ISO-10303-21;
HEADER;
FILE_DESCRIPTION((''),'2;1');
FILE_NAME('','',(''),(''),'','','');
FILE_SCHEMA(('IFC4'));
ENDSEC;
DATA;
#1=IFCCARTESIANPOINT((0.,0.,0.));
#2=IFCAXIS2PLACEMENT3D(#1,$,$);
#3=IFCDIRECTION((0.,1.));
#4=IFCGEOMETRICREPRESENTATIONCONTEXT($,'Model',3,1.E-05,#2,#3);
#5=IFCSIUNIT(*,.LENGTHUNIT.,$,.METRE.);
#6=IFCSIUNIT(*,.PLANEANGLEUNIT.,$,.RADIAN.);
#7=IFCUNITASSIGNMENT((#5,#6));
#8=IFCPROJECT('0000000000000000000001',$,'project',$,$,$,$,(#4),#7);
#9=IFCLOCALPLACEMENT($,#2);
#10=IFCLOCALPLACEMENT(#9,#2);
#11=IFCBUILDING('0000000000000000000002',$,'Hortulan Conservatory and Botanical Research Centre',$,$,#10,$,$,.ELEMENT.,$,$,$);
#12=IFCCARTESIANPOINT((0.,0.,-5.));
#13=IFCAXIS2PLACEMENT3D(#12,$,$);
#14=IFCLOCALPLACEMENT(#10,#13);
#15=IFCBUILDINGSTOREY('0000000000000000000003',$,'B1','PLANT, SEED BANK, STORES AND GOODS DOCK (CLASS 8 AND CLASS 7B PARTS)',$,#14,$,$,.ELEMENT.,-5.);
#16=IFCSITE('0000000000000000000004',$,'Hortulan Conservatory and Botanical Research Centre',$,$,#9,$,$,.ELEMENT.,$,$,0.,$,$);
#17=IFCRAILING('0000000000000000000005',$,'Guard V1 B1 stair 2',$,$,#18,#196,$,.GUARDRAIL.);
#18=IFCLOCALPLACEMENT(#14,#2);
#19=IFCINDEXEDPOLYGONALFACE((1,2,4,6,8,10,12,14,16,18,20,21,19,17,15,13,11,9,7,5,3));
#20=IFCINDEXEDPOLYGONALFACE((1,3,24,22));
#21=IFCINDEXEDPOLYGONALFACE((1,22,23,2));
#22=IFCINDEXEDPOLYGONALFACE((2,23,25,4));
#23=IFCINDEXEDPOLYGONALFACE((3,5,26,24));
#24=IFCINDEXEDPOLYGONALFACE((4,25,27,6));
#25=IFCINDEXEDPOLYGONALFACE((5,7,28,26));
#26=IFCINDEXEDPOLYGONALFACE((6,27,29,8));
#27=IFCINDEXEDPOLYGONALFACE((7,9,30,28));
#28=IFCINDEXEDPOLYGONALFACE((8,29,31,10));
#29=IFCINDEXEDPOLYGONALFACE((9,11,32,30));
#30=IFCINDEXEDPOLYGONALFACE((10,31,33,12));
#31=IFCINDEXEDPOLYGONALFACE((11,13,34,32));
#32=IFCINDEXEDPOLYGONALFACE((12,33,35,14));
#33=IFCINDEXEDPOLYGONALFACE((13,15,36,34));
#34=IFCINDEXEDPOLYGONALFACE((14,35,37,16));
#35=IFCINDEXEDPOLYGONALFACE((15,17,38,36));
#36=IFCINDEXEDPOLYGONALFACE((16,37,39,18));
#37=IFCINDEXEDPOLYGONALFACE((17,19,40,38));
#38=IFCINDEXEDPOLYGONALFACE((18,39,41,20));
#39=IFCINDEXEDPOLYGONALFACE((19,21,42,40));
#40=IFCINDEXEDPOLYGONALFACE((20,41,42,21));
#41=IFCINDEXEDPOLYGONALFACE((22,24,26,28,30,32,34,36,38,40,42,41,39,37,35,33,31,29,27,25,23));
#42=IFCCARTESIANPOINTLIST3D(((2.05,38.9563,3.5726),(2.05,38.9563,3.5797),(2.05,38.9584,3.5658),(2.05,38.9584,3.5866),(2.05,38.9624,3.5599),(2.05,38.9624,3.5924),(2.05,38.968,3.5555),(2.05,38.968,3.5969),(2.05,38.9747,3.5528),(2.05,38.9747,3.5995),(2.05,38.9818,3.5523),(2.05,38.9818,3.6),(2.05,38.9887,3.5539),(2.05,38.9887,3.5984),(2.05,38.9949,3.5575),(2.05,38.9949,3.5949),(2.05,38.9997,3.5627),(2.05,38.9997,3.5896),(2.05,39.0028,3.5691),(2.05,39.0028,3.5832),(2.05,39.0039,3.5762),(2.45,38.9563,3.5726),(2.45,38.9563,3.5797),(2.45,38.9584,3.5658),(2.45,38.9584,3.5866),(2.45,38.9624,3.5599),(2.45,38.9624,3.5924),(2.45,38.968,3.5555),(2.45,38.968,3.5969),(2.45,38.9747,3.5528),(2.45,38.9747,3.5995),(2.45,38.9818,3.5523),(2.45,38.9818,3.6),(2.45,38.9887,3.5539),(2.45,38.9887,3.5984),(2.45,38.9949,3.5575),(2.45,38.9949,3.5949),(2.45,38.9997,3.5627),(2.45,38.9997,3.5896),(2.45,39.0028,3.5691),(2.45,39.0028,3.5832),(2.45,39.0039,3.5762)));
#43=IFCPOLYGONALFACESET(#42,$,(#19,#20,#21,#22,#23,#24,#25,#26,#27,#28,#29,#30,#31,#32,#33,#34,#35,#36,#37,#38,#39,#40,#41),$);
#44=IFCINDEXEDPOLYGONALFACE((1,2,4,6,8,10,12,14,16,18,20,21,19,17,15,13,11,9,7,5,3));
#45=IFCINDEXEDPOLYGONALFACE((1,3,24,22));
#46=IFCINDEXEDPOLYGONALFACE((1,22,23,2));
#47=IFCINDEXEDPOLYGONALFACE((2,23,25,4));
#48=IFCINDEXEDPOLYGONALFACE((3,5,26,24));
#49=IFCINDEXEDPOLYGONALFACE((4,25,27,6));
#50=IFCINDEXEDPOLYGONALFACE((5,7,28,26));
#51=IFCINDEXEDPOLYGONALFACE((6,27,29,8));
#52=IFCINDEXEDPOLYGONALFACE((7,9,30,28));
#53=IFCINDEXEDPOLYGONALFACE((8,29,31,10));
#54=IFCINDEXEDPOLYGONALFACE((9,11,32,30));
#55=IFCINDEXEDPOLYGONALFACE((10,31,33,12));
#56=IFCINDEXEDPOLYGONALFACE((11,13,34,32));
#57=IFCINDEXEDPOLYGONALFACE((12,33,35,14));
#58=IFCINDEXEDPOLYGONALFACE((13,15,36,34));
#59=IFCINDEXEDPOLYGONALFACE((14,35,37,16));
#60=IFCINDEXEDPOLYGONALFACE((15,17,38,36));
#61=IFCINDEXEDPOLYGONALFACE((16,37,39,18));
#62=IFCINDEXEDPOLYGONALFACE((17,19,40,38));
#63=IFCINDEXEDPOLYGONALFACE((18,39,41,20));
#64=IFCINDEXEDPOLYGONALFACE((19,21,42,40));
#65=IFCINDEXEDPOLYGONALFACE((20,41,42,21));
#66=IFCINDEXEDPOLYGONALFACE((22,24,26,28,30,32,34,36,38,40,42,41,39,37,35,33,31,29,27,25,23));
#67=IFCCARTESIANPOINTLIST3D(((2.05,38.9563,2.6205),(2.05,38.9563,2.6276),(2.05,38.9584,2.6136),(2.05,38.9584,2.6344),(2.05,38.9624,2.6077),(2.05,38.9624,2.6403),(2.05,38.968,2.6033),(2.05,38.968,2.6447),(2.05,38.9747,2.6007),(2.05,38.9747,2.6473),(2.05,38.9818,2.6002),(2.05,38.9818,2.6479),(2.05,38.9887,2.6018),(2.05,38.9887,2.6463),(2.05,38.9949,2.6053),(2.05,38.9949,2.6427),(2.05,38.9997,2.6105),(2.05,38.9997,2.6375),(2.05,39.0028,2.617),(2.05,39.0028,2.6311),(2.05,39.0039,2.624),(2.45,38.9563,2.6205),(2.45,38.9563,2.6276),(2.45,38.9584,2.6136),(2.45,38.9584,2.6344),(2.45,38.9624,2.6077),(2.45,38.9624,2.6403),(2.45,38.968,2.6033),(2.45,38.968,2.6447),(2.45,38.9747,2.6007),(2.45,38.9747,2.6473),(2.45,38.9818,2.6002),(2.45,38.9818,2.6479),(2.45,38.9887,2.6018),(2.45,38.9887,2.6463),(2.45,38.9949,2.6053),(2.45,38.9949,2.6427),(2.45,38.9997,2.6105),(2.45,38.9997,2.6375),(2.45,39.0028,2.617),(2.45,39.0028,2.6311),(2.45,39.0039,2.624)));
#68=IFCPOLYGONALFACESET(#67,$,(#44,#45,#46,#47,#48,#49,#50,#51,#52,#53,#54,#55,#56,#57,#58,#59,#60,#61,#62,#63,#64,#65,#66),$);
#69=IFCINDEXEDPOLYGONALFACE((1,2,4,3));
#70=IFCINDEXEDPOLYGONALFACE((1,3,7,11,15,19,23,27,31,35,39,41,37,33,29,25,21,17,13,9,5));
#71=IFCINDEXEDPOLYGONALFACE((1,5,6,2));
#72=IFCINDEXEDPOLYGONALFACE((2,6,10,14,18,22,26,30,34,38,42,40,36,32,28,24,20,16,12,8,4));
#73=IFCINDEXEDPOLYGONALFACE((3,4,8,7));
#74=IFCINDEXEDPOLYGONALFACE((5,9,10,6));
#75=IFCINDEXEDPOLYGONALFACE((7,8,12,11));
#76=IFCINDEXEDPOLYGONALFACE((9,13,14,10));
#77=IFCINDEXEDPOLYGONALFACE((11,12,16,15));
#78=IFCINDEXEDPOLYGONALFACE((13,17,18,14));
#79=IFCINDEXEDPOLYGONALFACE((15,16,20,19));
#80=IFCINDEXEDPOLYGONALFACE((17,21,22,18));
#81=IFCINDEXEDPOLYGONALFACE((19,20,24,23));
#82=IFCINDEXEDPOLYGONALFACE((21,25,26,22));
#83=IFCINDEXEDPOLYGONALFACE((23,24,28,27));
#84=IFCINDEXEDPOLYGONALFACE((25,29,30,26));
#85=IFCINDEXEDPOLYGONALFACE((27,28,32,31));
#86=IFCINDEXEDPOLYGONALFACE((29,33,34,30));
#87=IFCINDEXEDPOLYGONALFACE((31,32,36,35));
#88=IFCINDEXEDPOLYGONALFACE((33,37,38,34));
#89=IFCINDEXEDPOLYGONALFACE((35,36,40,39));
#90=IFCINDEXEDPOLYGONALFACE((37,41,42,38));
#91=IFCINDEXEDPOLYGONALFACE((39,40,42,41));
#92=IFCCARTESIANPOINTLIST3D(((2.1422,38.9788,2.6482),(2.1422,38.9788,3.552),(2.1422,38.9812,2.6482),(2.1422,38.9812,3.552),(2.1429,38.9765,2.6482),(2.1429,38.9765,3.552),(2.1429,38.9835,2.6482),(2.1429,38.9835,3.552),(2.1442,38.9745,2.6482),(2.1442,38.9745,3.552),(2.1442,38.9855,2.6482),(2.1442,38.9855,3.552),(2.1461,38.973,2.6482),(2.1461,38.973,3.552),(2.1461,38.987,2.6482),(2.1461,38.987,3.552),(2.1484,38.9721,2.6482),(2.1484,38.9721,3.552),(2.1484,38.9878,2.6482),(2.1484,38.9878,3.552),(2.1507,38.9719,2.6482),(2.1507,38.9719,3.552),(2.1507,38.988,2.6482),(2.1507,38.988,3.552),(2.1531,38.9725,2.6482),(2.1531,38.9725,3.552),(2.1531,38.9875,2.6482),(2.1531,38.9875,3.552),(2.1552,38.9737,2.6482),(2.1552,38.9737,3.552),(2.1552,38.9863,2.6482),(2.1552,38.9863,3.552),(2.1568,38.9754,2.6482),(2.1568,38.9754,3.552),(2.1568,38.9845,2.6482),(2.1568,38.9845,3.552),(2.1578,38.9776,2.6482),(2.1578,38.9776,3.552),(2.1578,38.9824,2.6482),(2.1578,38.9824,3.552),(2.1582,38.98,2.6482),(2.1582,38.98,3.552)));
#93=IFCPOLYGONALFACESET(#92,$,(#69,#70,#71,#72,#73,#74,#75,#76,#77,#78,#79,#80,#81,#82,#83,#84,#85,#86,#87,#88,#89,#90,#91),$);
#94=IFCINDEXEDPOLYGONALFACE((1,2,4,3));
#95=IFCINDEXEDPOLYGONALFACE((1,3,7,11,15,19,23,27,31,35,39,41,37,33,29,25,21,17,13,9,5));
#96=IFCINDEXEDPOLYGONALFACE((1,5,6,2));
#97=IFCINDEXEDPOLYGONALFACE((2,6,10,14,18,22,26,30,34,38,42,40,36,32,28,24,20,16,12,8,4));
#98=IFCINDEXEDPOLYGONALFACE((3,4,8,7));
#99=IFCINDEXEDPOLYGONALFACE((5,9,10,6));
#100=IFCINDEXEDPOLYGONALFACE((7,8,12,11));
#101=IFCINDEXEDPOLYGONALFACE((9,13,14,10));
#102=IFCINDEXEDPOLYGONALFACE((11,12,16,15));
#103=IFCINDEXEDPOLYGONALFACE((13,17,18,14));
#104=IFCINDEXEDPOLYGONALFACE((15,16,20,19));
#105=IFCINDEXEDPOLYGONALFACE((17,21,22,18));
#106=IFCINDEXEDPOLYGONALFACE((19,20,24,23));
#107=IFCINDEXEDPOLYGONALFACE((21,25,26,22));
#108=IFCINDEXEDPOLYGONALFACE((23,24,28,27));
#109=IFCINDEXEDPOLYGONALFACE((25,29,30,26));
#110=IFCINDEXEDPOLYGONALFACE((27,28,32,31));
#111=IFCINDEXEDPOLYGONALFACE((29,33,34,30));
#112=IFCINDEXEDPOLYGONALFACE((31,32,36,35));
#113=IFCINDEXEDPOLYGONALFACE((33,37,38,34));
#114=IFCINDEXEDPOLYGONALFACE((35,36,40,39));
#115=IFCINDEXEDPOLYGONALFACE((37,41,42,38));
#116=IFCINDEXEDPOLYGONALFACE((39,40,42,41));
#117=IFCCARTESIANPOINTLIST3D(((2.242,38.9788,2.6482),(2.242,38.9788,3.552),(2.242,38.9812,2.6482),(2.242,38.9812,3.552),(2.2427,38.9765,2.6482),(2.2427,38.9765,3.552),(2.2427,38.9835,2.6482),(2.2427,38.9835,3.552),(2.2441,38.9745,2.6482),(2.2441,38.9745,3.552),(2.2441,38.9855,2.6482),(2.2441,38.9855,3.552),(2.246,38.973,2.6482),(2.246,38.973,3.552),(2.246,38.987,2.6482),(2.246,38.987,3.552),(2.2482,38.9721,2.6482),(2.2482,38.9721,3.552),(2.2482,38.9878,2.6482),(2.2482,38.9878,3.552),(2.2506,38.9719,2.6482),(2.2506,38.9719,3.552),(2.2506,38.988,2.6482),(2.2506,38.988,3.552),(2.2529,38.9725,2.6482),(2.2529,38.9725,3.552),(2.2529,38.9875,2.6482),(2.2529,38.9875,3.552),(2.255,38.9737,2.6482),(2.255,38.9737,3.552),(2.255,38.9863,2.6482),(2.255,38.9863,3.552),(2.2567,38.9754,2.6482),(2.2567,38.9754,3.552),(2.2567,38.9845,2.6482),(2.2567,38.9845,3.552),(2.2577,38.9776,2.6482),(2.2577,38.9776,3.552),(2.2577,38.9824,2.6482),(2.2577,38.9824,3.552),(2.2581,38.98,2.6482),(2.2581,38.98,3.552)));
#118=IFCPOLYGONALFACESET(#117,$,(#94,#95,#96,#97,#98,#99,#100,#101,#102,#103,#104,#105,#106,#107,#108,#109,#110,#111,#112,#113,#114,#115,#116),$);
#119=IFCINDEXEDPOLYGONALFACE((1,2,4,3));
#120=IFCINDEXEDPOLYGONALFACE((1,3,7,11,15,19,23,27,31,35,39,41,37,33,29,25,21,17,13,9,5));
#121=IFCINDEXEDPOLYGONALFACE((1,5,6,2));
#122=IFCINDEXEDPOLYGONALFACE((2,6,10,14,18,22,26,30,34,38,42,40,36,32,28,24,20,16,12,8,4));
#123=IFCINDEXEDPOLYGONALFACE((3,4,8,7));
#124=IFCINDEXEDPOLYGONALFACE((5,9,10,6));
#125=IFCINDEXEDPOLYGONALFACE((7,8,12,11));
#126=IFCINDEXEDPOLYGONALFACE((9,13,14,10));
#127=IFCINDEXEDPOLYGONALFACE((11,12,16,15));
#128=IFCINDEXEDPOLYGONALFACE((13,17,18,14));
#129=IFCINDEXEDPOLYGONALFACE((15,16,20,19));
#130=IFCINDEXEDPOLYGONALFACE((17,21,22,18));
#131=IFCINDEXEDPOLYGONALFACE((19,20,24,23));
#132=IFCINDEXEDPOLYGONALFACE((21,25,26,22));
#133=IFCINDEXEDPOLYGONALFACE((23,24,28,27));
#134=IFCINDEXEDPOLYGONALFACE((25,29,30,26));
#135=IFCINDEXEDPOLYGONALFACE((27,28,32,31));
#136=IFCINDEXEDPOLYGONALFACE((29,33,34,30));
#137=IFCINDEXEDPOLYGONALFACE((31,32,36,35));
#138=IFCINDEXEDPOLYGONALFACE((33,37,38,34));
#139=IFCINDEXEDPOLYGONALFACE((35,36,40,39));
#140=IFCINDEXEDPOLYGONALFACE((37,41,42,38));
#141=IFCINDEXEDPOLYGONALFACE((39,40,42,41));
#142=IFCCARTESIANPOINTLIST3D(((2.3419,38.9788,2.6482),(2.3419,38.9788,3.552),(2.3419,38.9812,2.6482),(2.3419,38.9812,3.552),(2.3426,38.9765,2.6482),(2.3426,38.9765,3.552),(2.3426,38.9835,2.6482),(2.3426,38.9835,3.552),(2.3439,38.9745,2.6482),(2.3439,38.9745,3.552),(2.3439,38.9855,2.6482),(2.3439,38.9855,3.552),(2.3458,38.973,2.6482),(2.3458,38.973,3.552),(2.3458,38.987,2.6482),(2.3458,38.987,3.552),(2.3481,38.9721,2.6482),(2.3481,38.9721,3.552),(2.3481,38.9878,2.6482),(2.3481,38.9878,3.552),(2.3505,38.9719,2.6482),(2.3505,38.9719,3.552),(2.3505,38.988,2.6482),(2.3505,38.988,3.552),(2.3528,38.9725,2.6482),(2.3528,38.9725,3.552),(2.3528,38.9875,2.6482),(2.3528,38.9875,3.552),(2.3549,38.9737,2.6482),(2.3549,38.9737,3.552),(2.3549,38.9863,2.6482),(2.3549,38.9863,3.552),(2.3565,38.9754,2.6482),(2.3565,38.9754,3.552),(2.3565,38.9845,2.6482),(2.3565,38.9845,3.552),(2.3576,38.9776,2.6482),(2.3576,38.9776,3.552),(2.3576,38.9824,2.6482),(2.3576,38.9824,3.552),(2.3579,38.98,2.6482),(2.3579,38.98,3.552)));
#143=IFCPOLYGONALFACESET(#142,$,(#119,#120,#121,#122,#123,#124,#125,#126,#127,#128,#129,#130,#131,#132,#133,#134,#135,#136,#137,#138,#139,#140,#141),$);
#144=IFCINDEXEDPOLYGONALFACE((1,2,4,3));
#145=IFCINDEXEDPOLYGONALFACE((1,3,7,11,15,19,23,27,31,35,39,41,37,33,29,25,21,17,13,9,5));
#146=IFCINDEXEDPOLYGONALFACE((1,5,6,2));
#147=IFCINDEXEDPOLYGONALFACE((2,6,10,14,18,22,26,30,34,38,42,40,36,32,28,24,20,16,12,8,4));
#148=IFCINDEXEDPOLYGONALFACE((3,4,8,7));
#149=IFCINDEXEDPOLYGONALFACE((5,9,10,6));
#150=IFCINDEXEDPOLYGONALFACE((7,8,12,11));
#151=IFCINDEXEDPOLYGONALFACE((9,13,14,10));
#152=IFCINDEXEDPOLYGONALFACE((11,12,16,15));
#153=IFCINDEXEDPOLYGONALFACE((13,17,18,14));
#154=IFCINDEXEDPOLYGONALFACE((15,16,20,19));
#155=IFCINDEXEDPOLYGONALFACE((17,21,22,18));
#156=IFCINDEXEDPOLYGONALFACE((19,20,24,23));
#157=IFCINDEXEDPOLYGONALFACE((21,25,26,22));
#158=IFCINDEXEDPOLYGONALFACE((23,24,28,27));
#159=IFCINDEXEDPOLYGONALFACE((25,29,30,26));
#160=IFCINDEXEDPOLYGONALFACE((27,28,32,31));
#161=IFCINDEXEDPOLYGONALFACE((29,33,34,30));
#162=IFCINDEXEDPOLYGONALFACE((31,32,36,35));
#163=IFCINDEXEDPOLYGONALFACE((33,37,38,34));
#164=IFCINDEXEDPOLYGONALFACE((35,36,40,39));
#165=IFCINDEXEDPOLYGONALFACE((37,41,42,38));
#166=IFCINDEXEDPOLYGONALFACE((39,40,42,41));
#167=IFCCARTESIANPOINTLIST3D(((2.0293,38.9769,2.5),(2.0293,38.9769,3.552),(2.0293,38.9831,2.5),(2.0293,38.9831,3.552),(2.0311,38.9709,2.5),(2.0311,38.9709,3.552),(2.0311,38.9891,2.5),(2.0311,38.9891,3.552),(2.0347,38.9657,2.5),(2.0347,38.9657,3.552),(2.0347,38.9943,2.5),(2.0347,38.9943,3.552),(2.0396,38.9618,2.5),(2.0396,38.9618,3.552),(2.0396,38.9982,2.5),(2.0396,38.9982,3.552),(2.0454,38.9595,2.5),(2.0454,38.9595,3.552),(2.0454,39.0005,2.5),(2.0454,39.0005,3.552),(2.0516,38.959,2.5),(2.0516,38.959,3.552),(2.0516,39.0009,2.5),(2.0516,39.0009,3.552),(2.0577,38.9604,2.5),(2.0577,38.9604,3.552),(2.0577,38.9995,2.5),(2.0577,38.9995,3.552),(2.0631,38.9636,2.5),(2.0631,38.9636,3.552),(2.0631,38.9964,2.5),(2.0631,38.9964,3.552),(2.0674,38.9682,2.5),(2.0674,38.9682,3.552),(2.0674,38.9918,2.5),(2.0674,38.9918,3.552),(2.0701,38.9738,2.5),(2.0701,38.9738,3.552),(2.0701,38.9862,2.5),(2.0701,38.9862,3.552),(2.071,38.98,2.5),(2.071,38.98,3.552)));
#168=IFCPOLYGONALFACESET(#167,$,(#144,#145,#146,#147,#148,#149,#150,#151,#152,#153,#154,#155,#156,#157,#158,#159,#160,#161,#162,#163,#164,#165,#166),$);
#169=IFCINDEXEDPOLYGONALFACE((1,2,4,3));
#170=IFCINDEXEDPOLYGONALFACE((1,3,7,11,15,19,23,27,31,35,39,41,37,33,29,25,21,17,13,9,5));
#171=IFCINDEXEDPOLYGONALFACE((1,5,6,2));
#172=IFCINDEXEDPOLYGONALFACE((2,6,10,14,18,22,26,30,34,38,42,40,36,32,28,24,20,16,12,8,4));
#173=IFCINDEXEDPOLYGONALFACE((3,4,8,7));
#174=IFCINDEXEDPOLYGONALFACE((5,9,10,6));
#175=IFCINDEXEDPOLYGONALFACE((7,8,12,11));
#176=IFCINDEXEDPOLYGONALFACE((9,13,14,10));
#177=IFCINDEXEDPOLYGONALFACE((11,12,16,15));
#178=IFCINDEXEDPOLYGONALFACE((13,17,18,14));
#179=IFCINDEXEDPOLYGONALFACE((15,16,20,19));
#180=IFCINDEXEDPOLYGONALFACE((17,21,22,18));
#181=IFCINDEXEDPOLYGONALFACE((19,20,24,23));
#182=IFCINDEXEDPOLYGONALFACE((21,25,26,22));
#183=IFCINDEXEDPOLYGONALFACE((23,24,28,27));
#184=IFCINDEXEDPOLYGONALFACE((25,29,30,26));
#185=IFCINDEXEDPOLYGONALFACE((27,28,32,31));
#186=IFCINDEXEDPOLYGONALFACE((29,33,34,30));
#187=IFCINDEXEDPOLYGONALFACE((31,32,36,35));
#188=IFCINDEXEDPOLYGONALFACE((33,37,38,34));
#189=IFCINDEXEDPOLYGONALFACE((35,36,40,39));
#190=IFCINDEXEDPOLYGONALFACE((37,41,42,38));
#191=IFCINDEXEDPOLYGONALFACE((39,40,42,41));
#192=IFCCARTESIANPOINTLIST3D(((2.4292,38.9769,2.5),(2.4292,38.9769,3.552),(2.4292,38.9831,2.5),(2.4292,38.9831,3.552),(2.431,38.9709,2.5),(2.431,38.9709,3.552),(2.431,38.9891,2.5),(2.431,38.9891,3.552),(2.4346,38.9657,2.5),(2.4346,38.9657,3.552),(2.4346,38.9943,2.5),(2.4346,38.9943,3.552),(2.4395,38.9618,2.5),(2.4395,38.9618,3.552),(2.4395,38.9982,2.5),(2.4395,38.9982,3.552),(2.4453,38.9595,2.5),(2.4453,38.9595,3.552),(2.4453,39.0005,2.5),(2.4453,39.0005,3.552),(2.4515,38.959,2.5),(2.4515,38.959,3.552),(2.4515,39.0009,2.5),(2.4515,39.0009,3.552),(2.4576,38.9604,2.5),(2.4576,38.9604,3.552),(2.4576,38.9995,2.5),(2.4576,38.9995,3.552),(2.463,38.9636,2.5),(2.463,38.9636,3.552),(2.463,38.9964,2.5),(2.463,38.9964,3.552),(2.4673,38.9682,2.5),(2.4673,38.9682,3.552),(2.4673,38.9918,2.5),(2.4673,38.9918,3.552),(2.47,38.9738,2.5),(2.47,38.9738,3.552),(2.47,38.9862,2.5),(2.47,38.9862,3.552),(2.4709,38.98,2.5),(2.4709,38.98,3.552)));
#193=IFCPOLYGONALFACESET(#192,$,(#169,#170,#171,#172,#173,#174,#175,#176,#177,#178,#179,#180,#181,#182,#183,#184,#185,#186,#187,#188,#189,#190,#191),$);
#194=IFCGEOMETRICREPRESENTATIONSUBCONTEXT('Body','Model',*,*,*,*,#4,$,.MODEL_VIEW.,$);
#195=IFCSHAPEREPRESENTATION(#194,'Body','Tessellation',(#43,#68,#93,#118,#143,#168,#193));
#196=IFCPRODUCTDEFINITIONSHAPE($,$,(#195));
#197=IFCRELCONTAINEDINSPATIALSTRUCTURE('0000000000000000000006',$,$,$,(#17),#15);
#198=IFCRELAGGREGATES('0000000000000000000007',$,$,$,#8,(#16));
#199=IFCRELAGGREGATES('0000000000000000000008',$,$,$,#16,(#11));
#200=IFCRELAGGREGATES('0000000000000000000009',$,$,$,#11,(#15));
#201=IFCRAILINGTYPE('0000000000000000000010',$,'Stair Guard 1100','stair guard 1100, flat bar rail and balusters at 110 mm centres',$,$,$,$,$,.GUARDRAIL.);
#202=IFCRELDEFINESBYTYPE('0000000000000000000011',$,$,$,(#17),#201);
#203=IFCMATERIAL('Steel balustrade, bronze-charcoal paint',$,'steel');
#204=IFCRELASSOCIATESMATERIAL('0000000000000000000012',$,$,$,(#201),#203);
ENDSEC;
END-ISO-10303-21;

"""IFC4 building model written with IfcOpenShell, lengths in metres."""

from ifc_helpers import new_model, si_unit, direction, frame, origin, origin_2d, place, context, subcontext, project, spatial, circle, extrude, material, type_object, element, save


model = new_model("IFC4")

# Units and contexts
model_context = context("Model", 3, precision=1e-05, world=origin(), true_north=direction((0.0, 1.0)))
body_context = subcontext(model_context, "Body", "Model", "MODEL_VIEW")
ifc_project = project(units=[si_unit("LENGTHUNIT", "METRE"), si_unit("PLANEANGLEUNIT", "RADIAN")], contexts=[model_context])

# Site, building, storey
site_placement = place(None, origin())
site = spatial("IfcSite", under=ifc_project, at=site_placement, Name="Hortulan Conservatory and Botanical Research Centre", CompositionType="ELEMENT", RefElevation=0.0)
building_placement = place(site_placement, origin())
building = spatial("IfcBuilding", under=site, at=building_placement, Name="Hortulan Conservatory and Botanical Research Centre", CompositionType="ELEMENT")
storey_placement = place(building_placement, frame((0.0, 0.0, -5.0)))
storey = spatial("IfcBuildingStorey", under=building, at=storey_placement, Name="B1", Description="PLANT, SEED BANK, STORES AND GOODS DOCK (CLASS 8 AND CLASS 7B PARTS)", CompositionType="ELEMENT", Elevation=-5.0)

# Railing
ifc_material_1 = material(Name="Steel balustrade, bronze-charcoal paint", Category="steel")
railing_type_1 = type_object("IfcRailingType", Name="Stair Guard 1100", Description="stair guard 1100, flat bar rail and balusters at 110 mm centres", PredefinedType="GUARDRAIL", material=ifc_material_1)
railing_1_placement = place(storey_placement, frame((2.05, 38.98, 2.5)))
element("IfcRailing", 1, at=railing_1_placement, inside=storey, type_object=railing_type_1, Name="Guard V1 B1 stair 2", PredefinedType="GUARDRAIL", context=body_context, shape_type="SweptSolid", body=[
    extrude(circle(Radius=0.0239, at=origin_2d()), frame((0.0, 0.0, 1.0762), z_axis=(1.0, 0.0, 0.0), x_axis=(0.0, 1.0, 0.0)), (0.0, 0.0, 1.0), 0.3999),
    extrude(circle(Radius=0.0239, at=origin_2d()), frame((0.0, 0.0, 0.124), z_axis=(1.0, 0.0, 0.0), x_axis=(0.0, 1.0, 0.0)), (0.0, 0.0, 1.0), 0.3999),
    extrude(circle(Radius=0.0081, at=origin_2d()), frame((0.1001, 0.0, 0.1482)), (0.0, 0.0, 1.0), 0.9038),
    extrude(circle(Radius=0.0081, at=origin_2d()), frame((0.2, 0.0, 0.1482)), (0.0, 0.0, 1.0), 0.9038),
    extrude(circle(Radius=0.0081, at=origin_2d()), frame((0.2998, 0.0, 0.1482)), (0.0, 0.0, 1.0), 0.9038),
    extrude(circle(Radius=0.021, at=origin_2d()), origin(), (0.0, 0.0, 1.0), 1.052),
    extrude(circle(Radius=0.021, at=origin_2d()), frame((0.3999, 0.0, 0.0)), (0.0, 0.0, 1.0), 1.052),
])

save(model, "model.ifc")
